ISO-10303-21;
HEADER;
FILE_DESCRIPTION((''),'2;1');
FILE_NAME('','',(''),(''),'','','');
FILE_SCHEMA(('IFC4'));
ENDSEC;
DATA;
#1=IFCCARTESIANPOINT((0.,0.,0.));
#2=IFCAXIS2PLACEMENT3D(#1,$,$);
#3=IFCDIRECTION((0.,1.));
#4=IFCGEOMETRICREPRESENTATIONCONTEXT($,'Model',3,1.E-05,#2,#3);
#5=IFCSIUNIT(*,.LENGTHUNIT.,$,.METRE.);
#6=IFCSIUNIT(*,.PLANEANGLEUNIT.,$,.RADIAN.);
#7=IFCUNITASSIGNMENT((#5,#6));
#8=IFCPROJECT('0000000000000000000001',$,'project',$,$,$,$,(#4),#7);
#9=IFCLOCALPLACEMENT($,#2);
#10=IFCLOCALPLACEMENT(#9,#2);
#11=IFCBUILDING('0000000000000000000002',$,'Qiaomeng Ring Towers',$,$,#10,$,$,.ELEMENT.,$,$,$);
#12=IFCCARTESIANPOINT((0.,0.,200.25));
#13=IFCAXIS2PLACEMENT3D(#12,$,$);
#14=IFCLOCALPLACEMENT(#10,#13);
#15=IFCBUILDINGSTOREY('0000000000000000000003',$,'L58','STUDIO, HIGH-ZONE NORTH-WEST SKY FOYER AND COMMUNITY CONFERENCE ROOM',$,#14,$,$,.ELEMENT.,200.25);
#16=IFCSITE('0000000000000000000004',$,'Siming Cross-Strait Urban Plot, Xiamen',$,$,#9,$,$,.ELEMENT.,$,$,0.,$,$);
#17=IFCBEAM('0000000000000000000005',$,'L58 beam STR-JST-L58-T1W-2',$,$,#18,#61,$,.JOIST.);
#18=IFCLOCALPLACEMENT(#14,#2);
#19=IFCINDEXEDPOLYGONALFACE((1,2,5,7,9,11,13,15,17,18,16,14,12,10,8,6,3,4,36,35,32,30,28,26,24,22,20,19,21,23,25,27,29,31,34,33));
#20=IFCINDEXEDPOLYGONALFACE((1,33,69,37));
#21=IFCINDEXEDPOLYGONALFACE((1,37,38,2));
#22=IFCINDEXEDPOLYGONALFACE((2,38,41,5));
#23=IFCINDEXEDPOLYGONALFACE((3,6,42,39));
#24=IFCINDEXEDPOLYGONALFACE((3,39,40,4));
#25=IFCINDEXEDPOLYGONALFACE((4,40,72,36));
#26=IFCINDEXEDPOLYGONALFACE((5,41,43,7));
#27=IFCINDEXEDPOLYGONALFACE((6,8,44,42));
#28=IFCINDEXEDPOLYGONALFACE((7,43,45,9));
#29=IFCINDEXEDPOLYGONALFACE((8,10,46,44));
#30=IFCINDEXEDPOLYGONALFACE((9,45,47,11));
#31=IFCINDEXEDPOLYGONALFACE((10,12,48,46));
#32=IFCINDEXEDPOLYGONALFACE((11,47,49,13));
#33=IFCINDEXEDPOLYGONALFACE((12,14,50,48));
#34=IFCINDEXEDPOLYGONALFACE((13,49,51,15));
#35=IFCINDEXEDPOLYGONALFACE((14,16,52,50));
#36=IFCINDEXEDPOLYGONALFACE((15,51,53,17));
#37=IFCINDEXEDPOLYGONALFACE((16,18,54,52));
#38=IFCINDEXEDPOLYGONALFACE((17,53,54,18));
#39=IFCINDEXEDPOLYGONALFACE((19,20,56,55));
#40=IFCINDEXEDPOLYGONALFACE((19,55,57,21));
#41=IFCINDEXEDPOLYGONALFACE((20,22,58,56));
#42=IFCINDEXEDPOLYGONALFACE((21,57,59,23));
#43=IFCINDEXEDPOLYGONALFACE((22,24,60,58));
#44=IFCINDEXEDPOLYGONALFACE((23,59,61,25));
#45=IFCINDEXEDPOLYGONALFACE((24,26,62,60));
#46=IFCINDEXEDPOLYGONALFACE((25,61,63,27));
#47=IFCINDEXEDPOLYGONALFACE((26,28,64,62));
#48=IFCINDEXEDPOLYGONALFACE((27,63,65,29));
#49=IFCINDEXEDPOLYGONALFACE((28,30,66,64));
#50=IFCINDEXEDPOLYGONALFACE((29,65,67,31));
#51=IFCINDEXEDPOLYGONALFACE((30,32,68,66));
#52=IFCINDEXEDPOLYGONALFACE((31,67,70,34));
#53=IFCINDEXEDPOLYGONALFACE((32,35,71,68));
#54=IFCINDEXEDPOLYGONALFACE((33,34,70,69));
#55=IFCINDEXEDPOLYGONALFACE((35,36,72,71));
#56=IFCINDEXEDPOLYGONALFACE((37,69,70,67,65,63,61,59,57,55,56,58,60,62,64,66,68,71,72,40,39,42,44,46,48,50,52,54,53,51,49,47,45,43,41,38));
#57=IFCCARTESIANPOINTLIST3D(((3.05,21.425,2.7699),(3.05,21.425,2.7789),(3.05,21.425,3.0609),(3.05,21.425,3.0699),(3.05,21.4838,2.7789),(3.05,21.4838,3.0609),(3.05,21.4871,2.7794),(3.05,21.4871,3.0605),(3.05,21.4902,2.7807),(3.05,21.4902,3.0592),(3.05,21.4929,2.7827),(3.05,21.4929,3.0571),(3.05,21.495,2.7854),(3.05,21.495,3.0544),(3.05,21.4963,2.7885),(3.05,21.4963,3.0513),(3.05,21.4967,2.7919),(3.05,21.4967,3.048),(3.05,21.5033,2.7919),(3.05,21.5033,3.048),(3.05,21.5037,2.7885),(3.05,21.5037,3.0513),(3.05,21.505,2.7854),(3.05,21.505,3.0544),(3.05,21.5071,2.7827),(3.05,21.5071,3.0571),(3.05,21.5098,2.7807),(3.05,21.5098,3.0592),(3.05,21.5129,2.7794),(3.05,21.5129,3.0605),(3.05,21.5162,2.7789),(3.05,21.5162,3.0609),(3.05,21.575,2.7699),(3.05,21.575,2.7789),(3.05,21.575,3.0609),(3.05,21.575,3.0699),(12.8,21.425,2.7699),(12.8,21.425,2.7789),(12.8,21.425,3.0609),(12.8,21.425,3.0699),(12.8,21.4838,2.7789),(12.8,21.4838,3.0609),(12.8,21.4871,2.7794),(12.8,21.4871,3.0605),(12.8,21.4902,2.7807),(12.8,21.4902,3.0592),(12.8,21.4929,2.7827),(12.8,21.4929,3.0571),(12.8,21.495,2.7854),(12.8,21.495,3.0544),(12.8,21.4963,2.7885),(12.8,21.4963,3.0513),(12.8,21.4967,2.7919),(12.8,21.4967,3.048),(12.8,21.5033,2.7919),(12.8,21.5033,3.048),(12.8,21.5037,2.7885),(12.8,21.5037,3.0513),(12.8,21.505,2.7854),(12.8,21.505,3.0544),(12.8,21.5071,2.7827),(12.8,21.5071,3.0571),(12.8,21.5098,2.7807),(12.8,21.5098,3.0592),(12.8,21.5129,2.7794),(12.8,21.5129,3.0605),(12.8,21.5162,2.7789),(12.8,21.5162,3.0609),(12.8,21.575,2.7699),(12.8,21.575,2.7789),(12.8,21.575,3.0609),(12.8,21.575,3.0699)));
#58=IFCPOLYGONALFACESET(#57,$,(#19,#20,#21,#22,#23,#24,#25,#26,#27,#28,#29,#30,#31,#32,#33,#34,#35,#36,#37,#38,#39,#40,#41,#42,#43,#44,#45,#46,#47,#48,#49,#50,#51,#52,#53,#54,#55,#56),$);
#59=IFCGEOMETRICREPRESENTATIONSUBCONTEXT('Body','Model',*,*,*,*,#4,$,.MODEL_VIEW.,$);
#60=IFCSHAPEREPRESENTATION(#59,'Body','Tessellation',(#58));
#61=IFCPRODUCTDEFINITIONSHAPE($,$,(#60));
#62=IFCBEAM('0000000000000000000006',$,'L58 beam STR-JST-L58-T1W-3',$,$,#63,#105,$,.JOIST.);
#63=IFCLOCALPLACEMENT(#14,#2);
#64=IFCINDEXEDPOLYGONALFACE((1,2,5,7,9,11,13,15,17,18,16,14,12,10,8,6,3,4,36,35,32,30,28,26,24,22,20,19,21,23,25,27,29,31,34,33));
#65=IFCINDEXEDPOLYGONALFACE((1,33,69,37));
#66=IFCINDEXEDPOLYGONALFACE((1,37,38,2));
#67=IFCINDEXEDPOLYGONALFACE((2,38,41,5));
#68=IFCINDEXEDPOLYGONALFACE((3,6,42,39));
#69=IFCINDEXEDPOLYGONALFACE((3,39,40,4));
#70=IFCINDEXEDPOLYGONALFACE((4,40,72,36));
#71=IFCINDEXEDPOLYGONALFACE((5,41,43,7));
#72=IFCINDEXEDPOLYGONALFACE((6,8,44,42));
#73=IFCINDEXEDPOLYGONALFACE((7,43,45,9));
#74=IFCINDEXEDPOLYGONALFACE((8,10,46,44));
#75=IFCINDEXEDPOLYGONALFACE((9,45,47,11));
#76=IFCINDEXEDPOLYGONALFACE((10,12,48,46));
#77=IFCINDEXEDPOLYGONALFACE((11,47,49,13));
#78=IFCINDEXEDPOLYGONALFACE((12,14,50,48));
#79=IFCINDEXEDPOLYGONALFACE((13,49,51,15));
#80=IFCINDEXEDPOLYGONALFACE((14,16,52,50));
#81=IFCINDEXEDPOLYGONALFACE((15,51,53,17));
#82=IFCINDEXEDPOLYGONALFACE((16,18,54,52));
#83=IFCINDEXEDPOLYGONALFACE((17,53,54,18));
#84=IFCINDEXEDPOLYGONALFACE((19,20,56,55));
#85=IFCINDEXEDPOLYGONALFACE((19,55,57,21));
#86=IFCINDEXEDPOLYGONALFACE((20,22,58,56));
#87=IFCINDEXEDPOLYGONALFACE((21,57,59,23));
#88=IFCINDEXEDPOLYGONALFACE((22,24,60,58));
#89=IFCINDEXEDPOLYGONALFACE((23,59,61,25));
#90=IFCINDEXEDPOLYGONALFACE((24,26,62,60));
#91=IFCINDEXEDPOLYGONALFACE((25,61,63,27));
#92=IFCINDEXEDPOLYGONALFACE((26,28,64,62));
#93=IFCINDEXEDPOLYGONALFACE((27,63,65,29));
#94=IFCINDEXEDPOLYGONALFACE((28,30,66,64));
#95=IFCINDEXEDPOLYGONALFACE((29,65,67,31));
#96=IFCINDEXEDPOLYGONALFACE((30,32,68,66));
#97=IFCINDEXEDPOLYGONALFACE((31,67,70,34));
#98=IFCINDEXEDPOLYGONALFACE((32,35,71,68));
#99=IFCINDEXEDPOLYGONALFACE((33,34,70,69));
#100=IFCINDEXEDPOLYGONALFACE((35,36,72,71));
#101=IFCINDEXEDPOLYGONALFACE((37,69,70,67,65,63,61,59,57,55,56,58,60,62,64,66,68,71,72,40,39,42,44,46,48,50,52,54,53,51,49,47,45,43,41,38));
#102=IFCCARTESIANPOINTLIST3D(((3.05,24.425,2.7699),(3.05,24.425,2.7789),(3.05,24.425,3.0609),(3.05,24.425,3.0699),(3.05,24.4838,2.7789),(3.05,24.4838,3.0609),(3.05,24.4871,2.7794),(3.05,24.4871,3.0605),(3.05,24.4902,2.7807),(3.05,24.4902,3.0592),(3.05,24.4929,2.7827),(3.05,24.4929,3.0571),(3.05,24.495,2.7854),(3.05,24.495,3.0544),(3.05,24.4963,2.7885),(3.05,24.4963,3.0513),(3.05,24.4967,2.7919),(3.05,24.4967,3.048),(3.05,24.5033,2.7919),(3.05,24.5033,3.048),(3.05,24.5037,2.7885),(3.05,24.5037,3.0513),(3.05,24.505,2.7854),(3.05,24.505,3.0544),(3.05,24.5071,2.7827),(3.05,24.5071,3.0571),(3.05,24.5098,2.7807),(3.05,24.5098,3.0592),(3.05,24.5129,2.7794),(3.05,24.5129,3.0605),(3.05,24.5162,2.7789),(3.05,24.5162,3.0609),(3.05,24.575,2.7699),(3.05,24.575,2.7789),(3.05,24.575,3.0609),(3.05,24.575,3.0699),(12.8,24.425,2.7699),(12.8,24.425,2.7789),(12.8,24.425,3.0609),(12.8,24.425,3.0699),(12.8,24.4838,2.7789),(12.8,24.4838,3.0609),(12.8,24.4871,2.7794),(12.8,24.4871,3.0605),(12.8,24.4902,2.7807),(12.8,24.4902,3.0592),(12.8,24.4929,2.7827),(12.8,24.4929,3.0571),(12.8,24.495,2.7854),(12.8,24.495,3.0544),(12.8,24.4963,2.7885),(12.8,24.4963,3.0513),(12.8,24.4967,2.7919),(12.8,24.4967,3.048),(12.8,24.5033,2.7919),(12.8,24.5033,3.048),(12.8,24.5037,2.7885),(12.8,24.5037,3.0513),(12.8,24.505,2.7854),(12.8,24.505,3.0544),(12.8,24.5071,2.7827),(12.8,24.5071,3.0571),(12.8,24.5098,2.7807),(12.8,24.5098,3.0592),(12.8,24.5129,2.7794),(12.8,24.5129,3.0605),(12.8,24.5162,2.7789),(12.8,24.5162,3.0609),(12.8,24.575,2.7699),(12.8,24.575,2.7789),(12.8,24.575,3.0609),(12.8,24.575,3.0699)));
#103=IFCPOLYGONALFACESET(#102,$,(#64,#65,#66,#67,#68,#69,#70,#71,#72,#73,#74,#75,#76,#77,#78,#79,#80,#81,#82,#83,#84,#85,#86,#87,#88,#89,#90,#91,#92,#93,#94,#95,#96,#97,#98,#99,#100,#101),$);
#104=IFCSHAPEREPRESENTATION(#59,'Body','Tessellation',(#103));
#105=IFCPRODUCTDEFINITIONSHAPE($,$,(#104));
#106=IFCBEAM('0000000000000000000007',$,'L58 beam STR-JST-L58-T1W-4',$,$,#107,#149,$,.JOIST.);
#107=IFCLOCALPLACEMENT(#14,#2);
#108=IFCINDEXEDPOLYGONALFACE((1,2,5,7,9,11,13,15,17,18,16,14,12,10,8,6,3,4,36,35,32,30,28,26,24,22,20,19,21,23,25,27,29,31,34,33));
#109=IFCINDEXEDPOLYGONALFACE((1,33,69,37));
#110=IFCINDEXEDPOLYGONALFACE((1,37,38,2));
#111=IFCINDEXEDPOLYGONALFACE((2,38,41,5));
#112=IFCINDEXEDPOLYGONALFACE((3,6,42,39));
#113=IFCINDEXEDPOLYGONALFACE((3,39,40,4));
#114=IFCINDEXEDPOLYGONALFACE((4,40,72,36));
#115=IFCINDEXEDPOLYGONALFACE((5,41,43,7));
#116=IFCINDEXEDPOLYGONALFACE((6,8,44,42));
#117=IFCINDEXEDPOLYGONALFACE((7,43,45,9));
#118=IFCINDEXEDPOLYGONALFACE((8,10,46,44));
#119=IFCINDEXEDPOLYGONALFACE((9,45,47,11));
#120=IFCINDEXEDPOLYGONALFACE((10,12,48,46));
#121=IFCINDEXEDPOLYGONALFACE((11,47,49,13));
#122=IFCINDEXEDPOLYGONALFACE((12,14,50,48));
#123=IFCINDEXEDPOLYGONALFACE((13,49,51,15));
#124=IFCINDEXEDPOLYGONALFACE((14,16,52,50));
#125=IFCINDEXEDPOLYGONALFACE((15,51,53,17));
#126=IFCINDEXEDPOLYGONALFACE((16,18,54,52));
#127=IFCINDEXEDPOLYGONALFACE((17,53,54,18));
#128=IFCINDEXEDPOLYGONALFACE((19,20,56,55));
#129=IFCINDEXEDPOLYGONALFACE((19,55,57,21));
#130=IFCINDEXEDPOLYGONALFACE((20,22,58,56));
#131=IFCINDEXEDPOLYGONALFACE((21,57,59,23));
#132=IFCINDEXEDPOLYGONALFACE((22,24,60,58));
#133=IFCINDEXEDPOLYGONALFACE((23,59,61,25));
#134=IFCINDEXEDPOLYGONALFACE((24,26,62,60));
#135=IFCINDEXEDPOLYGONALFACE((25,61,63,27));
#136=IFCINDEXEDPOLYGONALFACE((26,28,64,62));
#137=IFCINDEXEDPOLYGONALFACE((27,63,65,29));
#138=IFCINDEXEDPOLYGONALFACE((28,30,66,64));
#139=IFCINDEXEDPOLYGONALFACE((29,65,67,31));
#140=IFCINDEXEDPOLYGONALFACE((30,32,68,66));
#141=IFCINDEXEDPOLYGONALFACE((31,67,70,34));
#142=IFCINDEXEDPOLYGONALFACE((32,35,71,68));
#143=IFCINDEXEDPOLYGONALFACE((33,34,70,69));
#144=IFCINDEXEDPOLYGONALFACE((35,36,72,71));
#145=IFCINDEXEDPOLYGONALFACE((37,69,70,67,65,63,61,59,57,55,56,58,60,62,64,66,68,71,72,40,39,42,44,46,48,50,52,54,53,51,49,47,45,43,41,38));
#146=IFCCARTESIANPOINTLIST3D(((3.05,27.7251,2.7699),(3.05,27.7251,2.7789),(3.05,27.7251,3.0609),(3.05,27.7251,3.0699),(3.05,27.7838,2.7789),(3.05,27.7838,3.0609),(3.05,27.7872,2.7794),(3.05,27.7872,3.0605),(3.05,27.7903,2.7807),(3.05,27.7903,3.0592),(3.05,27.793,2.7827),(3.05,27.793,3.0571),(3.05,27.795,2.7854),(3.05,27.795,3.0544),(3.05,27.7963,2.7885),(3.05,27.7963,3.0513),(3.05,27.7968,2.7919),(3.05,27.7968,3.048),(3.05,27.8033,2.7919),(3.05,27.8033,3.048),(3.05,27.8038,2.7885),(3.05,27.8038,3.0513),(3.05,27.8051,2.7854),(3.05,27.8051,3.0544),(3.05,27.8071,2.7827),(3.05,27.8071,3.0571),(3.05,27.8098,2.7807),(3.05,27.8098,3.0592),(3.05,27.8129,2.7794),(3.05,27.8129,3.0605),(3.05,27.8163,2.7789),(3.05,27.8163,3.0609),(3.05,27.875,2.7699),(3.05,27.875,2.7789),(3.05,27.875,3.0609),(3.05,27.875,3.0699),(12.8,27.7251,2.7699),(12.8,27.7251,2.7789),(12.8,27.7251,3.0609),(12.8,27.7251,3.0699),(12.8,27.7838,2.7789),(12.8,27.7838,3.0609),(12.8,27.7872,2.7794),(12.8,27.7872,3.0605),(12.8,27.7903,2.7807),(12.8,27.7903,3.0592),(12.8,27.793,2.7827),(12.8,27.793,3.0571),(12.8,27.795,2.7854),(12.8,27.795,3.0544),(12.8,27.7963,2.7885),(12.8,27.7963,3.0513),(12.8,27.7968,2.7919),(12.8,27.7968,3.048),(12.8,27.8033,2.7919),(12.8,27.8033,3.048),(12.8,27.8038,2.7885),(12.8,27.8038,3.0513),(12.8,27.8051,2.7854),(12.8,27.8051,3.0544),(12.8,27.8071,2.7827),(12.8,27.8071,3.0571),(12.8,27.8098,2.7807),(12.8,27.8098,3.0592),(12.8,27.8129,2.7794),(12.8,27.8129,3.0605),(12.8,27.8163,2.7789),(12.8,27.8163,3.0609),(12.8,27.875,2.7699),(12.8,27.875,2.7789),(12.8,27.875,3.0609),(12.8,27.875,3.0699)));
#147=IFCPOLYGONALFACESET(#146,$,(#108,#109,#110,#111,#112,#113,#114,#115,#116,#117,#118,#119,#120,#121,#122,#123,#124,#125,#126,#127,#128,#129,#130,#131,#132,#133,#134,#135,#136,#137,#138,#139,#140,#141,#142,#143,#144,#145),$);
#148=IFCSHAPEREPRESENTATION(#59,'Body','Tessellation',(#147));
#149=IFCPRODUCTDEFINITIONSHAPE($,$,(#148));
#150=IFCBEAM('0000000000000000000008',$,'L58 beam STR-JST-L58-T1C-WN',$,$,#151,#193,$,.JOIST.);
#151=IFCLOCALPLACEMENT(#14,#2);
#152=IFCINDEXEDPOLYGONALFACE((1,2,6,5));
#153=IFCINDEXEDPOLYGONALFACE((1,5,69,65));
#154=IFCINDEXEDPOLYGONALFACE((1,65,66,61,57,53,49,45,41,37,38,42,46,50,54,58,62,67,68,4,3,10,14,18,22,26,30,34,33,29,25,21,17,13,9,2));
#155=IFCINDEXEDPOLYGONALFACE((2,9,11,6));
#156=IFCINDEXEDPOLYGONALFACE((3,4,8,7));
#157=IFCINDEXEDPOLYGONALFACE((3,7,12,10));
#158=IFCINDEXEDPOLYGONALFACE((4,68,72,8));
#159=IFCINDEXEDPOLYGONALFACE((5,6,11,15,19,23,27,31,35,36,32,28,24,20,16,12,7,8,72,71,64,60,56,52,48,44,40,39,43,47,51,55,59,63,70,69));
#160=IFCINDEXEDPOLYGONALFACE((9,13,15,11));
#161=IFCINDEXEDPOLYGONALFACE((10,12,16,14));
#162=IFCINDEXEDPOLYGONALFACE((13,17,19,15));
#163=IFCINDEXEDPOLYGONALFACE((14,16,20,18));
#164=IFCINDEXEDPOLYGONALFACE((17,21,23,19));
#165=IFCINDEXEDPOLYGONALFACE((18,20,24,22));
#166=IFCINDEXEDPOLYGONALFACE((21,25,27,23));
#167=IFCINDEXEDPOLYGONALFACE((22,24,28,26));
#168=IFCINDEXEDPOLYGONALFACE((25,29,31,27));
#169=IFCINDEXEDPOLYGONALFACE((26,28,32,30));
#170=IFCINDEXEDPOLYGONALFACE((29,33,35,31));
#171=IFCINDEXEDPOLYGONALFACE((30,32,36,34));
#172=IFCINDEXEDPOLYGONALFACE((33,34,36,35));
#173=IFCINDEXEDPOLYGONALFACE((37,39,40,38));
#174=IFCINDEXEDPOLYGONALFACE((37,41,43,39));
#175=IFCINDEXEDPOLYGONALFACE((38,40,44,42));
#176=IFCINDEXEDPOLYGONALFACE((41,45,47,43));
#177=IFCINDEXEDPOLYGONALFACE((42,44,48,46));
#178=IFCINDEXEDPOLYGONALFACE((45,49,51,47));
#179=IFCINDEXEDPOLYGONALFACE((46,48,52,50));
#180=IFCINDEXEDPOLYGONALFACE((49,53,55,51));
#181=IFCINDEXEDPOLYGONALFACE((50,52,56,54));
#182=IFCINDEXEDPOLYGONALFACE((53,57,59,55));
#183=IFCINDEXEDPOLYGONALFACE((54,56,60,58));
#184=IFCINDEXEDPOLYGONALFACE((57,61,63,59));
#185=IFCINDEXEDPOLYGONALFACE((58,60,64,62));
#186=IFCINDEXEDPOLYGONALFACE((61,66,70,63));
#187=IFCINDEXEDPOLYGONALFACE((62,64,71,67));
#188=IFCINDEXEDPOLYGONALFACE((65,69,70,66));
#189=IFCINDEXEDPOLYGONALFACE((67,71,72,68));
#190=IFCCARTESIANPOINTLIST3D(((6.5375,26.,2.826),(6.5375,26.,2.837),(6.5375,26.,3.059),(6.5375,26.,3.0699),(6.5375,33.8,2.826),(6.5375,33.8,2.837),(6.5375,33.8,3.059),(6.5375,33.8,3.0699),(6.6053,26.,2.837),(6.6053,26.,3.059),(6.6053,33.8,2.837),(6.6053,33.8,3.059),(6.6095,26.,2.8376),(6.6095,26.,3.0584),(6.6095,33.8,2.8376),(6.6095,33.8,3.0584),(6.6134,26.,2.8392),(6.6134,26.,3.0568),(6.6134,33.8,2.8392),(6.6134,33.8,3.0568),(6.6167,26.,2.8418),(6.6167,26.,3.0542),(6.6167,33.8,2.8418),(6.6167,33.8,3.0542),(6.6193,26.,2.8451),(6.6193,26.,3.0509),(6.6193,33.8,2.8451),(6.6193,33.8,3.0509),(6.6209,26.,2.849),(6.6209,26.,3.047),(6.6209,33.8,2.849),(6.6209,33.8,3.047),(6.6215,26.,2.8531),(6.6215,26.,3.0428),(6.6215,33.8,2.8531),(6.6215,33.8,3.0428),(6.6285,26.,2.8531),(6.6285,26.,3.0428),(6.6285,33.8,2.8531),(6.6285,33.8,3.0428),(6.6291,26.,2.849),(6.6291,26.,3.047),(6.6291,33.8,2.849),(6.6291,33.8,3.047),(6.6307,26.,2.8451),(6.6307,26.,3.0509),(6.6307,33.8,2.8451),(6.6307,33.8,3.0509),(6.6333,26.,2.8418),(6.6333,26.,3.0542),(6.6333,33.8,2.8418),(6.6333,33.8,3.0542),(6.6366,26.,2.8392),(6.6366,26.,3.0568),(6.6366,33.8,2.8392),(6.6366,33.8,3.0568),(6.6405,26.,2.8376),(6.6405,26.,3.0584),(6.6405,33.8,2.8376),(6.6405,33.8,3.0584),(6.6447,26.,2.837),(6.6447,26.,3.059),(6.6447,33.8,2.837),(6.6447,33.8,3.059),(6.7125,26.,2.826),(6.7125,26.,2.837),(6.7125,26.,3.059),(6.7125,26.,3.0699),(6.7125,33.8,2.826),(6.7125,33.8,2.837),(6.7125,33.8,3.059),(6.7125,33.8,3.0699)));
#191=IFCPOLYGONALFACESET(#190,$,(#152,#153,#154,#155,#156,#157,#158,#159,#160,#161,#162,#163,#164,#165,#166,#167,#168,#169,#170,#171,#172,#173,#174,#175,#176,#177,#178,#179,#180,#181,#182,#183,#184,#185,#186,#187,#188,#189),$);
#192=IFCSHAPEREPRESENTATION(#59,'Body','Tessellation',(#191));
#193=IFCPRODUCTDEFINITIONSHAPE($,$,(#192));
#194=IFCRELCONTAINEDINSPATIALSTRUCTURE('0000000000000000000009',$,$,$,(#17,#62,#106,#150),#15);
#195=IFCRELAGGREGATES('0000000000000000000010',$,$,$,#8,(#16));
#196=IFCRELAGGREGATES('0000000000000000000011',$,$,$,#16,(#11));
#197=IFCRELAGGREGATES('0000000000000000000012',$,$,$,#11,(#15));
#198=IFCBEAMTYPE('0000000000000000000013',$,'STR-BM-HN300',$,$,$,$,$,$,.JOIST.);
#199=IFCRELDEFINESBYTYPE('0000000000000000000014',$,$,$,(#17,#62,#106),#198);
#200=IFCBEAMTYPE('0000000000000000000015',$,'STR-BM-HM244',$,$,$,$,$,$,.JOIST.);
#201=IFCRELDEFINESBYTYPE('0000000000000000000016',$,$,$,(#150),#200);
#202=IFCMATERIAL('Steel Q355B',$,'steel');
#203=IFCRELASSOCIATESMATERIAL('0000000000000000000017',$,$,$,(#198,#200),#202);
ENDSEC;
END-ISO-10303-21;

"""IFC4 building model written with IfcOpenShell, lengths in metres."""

from ifc_helpers import new_model, si_unit, direction, frame, origin, origin_2d, place, context, subcontext, project, spatial, i_section, extrude, source, transform, mapped, material, material_profile, profile_set, type_object, element, save


model = new_model("IFC4")

# Units and contexts
model_context = context("Model", 3, precision=1e-05, world=origin(), true_north=direction((0.0, 1.0)))
body_context = subcontext(model_context, "Body", "Model", "MODEL_VIEW")
ifc_project = project(units=[si_unit("LENGTHUNIT", "METRE"), si_unit("PLANEANGLEUNIT", "RADIAN")], contexts=[model_context])

# Site, building, storey
site_placement = place(None, origin())
site = spatial("IfcSite", under=ifc_project, at=site_placement, Name="Siming Cross-Strait Urban Plot, Xiamen", CompositionType="ELEMENT", RefElevation=0.0)
building_placement = place(site_placement, origin())
building = spatial("IfcBuilding", under=site, at=building_placement, Name="Qiaomeng Ring Towers", CompositionType="ELEMENT")
storey_placement = place(building_placement, frame((0.0, 0.0, 200.25)))
storey = spatial("IfcBuildingStorey", under=building, at=storey_placement, Name="L58", Description="STUDIO, HIGH-ZONE NORTH-WEST SKY FOYER AND COMMUNITY CONFERENCE ROOM", CompositionType="ELEMENT", Elevation=200.25)

# Beams
ifc_material_1 = material(Name="Steel Q355B", Category="steel")
ifc_material_profile_1 = material_profile(ifc_material_1, i_section(OverallWidth=0.1499, OverallDepth=0.3, WebThickness=0.0066, FlangeThickness=0.009, FilletRadius=0.0129, at=origin_2d()), Name="HN 300x150x6.5x9")
ifc_profile_set_1 = profile_set([ifc_material_profile_1], Name="Steel Q355B")
beam_type_1 = type_object("IfcBeamType", Name="STR-BM-HN300", PredefinedType="JOIST", material=ifc_profile_set_1)
shared_shape_1 = source(origin(), body_context, "Body", "SweptSolid", [
    extrude(i_section(OverallWidth=0.1499, OverallDepth=0.3, WebThickness=0.0066, FlangeThickness=0.009, FilletRadius=0.0129, at=origin_2d()), origin(), (0.0, 0.0, 1.0), 9.75),
])
for number, where, z_axis, x_axis, name in (
    (1, (3.05, 21.5, 2.9199), (1.0, 0.0, 0.0), (0.0, 1.0, 0.0), "L58 beam STR-JST-L58-T1W-2"),
    (2, (3.05, 24.5, 2.9199), (1.0, 0.0, 0.0), (0.0, 1.0, 0.0), "L58 beam STR-JST-L58-T1W-3"),
    (3, (3.05, 27.8, 2.9199), (1.0, 0.0, 0.0), (0.0, 1.0, 0.0), "L58 beam STR-JST-L58-T1W-4"),
):
    element("IfcBeam", number, at=place(storey_placement, frame(where, z_axis=z_axis, x_axis=x_axis)), inside=storey, type_object=beam_type_1, Name=name, PredefinedType="JOIST", context=body_context, shape_type="MappedRepresentation", body=[
        mapped(shared_shape_1, transform((0.0, 0.0, 0.0), x_axis=(1.0, 0.0, 0.0), y_axis=(0.0, 1.0, 0.0), z_axis=(0.0, 0.0, 1.0), scale=1.0)),
    ])
ifc_material_profile_2 = material_profile(ifc_material_1, i_section(OverallWidth=0.175, OverallDepth=0.2439, WebThickness=0.0071, FlangeThickness=0.011, FilletRadius=0.0161, at=origin_2d()), Name="HM 244x175x7x11")
ifc_profile_set_2 = profile_set([ifc_material_profile_2], Name="Steel Q355B")
beam_type_2 = type_object("IfcBeamType", Name="STR-BM-HM244", PredefinedType="JOIST", material=ifc_profile_set_2)
shared_shape_2 = source(origin(), body_context, "Body", "SweptSolid", [
    extrude(i_section(OverallWidth=0.175, OverallDepth=0.2439, WebThickness=0.0071, FlangeThickness=0.011, FilletRadius=0.0161, at=origin_2d()), origin(), (0.0, 0.0, 1.0), 7.8),
])
beam_1_placement = place(storey_placement, frame((6.625, 26.0, 2.948), z_axis=(0.0, 1.0, 0.0), x_axis=(-1.0, 0.0, 0.0)))
element("IfcBeam", 4, at=beam_1_placement, inside=storey, type_object=beam_type_2, Name="L58 beam STR-JST-L58-T1C-WN", PredefinedType="JOIST", context=body_context, shape_type="MappedRepresentation", body=[
    mapped(shared_shape_2, transform((0.0, 0.0, 0.0), x_axis=(1.0, 0.0, 0.0), y_axis=(0.0, 1.0, 0.0), z_axis=(0.0, 0.0, 1.0), scale=1.0)),
])

save(model, "model.ifc")
